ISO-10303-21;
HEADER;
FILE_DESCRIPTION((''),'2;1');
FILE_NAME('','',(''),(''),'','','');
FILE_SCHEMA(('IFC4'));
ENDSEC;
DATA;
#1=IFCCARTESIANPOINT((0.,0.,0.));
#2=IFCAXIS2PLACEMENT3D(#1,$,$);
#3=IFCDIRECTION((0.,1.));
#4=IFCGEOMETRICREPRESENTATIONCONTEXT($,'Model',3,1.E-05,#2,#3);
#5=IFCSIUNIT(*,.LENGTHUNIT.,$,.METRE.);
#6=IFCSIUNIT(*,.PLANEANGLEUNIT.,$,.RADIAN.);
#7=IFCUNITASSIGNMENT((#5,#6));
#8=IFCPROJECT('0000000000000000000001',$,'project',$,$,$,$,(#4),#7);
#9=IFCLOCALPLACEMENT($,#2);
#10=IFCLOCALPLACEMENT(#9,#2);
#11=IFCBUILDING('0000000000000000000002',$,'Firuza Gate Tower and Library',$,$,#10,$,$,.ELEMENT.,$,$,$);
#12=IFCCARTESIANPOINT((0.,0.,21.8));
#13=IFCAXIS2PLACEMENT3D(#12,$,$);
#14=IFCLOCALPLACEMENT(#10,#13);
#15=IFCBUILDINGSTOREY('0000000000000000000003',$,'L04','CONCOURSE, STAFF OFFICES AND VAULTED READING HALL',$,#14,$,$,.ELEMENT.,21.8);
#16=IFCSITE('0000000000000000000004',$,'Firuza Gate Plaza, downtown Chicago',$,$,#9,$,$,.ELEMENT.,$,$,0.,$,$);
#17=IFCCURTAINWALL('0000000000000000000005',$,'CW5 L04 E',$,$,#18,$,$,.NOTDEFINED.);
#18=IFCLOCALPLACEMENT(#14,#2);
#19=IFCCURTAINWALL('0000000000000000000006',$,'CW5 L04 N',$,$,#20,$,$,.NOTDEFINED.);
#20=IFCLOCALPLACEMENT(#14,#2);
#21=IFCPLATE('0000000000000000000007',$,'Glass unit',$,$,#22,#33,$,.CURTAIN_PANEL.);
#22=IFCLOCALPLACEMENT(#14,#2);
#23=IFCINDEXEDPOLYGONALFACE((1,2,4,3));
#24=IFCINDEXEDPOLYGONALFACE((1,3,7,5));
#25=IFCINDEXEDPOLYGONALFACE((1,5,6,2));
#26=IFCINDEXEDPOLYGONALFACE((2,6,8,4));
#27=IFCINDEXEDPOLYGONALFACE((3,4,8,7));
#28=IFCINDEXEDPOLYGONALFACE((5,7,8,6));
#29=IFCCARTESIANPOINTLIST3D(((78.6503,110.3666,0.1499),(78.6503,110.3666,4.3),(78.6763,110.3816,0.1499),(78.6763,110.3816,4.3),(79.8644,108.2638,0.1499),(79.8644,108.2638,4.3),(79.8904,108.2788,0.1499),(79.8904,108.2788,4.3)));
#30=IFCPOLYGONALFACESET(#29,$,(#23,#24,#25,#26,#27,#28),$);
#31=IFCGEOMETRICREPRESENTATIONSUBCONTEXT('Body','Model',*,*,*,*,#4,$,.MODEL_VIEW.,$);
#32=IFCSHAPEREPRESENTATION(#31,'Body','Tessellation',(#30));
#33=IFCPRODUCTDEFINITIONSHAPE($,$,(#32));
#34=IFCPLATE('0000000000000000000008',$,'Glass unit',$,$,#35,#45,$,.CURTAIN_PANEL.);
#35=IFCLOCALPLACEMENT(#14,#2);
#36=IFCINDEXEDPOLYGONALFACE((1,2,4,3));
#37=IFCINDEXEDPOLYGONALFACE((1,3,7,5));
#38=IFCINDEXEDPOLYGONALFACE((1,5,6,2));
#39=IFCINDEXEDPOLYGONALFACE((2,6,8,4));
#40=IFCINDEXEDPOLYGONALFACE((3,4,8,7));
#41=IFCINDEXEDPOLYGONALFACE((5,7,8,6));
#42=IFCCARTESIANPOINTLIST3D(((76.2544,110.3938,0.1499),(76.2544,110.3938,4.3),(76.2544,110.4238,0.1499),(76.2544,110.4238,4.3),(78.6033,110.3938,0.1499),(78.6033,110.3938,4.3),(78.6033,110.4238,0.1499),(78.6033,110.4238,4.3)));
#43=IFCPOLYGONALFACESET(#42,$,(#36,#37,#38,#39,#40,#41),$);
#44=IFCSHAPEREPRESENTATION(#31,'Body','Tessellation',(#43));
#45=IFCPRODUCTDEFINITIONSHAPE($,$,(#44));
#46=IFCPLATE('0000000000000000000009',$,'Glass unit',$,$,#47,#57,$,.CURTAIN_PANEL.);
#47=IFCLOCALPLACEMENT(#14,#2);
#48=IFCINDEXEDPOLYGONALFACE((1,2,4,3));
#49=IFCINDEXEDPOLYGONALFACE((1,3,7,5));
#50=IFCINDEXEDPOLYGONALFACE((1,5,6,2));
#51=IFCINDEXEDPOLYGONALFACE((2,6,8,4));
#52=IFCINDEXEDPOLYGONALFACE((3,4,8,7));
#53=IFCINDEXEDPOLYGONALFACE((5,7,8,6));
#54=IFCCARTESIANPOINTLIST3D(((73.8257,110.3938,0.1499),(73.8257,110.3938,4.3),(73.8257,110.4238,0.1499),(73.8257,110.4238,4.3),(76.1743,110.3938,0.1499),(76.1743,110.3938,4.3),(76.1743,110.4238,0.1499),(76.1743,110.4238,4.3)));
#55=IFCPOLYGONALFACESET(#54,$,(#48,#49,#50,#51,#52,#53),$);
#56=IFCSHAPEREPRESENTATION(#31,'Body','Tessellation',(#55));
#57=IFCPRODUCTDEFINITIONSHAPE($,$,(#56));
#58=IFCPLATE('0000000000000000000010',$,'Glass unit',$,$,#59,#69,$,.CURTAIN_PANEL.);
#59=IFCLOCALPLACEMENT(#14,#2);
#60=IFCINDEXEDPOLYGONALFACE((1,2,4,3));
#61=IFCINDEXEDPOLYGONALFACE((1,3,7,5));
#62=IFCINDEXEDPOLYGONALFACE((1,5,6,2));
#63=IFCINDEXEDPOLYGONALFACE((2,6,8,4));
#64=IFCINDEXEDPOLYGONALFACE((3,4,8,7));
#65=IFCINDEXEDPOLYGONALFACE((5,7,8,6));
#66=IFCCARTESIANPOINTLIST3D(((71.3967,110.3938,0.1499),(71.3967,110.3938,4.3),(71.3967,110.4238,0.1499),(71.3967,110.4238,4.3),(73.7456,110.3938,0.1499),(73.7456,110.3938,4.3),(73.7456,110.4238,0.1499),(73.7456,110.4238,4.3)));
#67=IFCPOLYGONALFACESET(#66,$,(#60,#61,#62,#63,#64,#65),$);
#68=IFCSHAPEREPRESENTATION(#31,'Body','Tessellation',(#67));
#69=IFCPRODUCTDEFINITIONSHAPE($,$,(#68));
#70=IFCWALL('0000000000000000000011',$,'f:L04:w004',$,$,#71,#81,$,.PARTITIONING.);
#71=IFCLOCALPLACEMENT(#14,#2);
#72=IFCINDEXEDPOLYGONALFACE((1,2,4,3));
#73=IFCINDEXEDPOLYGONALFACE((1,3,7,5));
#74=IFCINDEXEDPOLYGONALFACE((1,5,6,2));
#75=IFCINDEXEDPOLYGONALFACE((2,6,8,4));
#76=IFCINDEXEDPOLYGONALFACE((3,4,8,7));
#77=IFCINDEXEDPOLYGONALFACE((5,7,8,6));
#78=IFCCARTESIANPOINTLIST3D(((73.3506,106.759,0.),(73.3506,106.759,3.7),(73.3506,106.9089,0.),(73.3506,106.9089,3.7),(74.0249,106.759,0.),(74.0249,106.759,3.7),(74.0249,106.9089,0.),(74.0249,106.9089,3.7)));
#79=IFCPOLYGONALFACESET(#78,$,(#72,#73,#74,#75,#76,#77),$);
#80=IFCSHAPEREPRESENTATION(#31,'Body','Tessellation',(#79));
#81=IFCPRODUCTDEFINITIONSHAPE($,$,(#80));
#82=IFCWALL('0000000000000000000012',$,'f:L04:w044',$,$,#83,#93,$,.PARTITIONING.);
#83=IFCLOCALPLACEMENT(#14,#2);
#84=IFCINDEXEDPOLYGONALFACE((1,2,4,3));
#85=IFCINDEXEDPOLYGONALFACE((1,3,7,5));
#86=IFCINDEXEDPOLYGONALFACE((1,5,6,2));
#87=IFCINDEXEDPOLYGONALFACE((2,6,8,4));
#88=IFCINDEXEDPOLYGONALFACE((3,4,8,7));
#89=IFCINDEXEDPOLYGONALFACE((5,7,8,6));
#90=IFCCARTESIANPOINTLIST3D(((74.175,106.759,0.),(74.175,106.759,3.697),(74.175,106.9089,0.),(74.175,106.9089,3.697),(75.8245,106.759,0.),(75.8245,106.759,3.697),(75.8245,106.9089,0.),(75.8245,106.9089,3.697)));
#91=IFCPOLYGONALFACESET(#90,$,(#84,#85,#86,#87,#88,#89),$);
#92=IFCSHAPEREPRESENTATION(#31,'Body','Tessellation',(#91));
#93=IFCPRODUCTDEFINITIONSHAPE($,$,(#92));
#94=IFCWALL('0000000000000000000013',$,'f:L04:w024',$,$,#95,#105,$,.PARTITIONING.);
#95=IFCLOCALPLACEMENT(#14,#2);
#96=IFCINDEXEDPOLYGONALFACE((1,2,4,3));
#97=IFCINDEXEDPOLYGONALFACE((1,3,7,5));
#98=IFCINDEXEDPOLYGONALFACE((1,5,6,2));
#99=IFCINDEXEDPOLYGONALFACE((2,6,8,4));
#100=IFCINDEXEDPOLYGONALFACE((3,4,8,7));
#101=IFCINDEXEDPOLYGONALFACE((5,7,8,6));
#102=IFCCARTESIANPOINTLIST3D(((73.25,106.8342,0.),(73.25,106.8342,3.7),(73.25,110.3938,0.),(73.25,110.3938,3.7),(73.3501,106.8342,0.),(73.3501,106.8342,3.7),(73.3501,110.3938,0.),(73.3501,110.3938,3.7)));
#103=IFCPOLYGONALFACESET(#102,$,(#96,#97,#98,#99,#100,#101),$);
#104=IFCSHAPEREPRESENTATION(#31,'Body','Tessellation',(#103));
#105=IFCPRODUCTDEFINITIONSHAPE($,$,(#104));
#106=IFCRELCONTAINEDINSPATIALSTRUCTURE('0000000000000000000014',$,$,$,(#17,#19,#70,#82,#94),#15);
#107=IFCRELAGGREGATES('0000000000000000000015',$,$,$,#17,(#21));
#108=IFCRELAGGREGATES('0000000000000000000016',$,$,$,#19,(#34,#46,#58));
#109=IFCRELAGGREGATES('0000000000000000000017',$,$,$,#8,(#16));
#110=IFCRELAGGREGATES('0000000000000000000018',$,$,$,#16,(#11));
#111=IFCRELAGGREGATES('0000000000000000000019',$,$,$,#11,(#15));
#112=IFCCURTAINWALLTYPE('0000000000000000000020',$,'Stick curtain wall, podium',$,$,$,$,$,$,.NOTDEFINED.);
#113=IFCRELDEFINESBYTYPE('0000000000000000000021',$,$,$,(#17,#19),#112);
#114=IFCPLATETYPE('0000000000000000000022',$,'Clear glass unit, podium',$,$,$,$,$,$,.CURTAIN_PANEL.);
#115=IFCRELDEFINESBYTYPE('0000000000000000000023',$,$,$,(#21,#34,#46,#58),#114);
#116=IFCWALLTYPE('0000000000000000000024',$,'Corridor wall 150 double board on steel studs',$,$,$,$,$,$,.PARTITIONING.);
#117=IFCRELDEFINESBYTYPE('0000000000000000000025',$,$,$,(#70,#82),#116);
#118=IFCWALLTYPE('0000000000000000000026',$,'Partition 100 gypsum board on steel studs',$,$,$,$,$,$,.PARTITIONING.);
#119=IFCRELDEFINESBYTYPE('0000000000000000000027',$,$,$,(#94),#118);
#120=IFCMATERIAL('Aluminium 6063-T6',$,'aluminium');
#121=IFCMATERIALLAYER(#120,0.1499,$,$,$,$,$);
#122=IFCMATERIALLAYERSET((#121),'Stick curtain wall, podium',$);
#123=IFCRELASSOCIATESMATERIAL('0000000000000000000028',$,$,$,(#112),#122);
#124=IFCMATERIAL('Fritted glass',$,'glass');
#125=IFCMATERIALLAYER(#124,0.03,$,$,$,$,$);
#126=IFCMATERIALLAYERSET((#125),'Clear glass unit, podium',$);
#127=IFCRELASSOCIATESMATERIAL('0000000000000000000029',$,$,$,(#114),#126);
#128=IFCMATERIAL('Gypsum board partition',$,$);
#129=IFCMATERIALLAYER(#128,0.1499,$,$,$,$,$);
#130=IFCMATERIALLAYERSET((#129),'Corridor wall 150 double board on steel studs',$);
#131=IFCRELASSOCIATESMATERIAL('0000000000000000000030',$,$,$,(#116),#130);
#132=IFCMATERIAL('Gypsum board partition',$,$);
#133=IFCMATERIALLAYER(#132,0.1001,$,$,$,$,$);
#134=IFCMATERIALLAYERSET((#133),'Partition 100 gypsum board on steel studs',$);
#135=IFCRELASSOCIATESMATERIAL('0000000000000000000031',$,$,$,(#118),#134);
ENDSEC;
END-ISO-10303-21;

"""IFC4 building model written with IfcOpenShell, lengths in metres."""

from ifc_helpers import new_model, si_unit, direction, frame, frame_2d, origin, place, context, subcontext, project, spatial, polyline, rectangle, outline, extrude, material, layer, layer_set, type_object, element, aggregate, save


model = new_model("IFC4")

# Units and contexts
model_context = context("Model", 3, precision=1e-05, world=origin(), true_north=direction((0.0, 1.0)))
body_context = subcontext(model_context, "Body", "Model", "MODEL_VIEW")
ifc_project = project(units=[si_unit("LENGTHUNIT", "METRE"), si_unit("PLANEANGLEUNIT", "RADIAN")], contexts=[model_context])

# Site, building, storey
site_placement = place(None, origin())
site = spatial("IfcSite", under=ifc_project, at=site_placement, Name="Firuza Gate Plaza, downtown Chicago", CompositionType="ELEMENT", RefElevation=0.0)
building_placement = place(site_placement, origin())
building = spatial("IfcBuilding", under=site, at=building_placement, Name="Firuza Gate Tower and Library", CompositionType="ELEMENT")
storey_placement = place(building_placement, frame((0.0, 0.0, 21.8)))
storey = spatial("IfcBuildingStorey", under=building, at=storey_placement, Name="L04", Description="CONCOURSE, STAFF OFFICES AND VAULTED READING HALL", CompositionType="ELEMENT", Elevation=21.8)

# Curtain wall
ifc_material_1 = material(Name="Aluminium 6063-T6", Category="aluminium")
ifc_layer_1 = layer(ifc_material_1, 0.1499)
ifc_layer_set_1 = layer_set([ifc_layer_1], Name="Stick curtain wall, podium")
curtain_wall_type = type_object("IfcCurtainWallType", Name="Stick curtain wall, podium", PredefinedType="NOTDEFINED", material=ifc_layer_set_1)
placement = place(storey_placement, origin())
curtain_wall_1 = element("IfcCurtainWall", 1, at=placement, inside=storey, type_object=curtain_wall_type, Name="CW5 L04 E", PredefinedType="NOTDEFINED")

# Curtain wall
curtain_wall_2 = element("IfcCurtainWall", 2, at=placement, inside=storey, type_object=curtain_wall_type, Name="CW5 L04 N", PredefinedType="NOTDEFINED")

# Plates
ifc_material_2 = material(Name="Fritted glass", Category="glass")
ifc_layer_2 = layer(ifc_material_2, 0.03)
ifc_layer_set_2 = layer_set([ifc_layer_2], Name="Clear glass unit, podium")
plate_type = type_object("IfcPlateType", Name="Clear glass unit, podium", PredefinedType="CURTAIN_PANEL", material=ifc_layer_set_2)
plate_1_placement = place(storey_placement, frame((79.8904, 108.2788, 0.1499), z_axis=(0.866013, 0.500021, 0.0), x_axis=(-0.500021, 0.866013, 0.0)))
plate_1 = element("IfcPlate", 3, at=plate_1_placement, type_object=plate_type, Name="Glass unit", PredefinedType="CURTAIN_PANEL", context=body_context, shape_type="SweptSolid", body=[
    extrude(outline(polyline([(0.0, 0.0), (2.4281, 0.0), (2.4281, 4.1501), (0.0, 4.1501), (0.0, 0.0)])), origin(), (0.0, 0.0, -1.0), 0.03),
])
aggregate(curtain_wall_1, [plate_1])
plate_2_placement = place(storey_placement, frame((78.6033, 110.4238, 0.1499), z_axis=(0.0, 1.0, 0.0), x_axis=(-1.0, 0.0, 0.0)))
plate_2 = element("IfcPlate", 4, at=plate_2_placement, type_object=plate_type, Name="Glass unit", PredefinedType="CURTAIN_PANEL", context=body_context, shape_type="SweptSolid", body=[
    extrude(outline(polyline([(0.0, 0.0), (2.3489, 0.0), (2.3489, 4.1501), (0.0, 4.1501), (0.0, 0.0)])), origin(), (0.0, 0.0, -1.0), 0.03),
])
plate_3_placement = place(storey_placement, frame((76.1743, 110.4238, 0.1499), z_axis=(0.0, 1.0, 0.0), x_axis=(-1.0, 0.0, 0.0)))
plate_3 = element("IfcPlate", 5, at=plate_3_placement, type_object=plate_type, Name="Glass unit", PredefinedType="CURTAIN_PANEL", context=body_context, shape_type="SweptSolid", body=[
    extrude(outline(polyline([(0.0, 0.0), (2.3486, 0.0), (2.3486, 4.1501), (0.0, 4.1501), (0.0, 0.0)])), origin(), (0.0, 0.0, -1.0), 0.03),
])
plate_4_placement = place(storey_placement, frame((73.7456, 110.4238, 0.1499), z_axis=(0.0, 1.0, 0.0), x_axis=(-1.0, 0.0, 0.0)))
plate_4 = element("IfcPlate", 6, at=plate_4_placement, type_object=plate_type, Name="Glass unit", PredefinedType="CURTAIN_PANEL", context=body_context, shape_type="SweptSolid", body=[
    extrude(outline(polyline([(0.0, 0.0), (2.3489, 0.0), (2.3489, 4.1501), (0.0, 4.1501), (0.0, 0.0)])), origin(), (0.0, 0.0, -1.0), 0.03),
])
aggregate(curtain_wall_2, [plate_2, plate_3, plate_4])

# Walls
ifc_material_3 = material(Name="Gypsum board partition")
ifc_layer_3 = layer(ifc_material_3, 0.1499)
ifc_layer_set_3 = layer_set([ifc_layer_3], Name="Corridor wall 150 double board on steel studs")
wall_type_1 = type_object("IfcWallType", Name="Corridor wall 150 double board on steel studs", PredefinedType="PARTITIONING", material=ifc_layer_set_3)
wall_1_placement = place(storey_placement, frame((73.3506, 106.834, 0.0), z_axis=(0.0, 0.0, 1.0), x_axis=(1.0, 0.0, 0.0)))
element("IfcWall", 7, at=wall_1_placement, inside=storey, type_object=wall_type_1, Name="f:L04:w004", PredefinedType="PARTITIONING", context=body_context, shape_type="SweptSolid", body=[
    extrude(rectangle(XDim=0.6743, YDim=0.1499, at=frame_2d((0.3372, 0.0))), origin(), (0.0, 0.0, 1.0), 3.7),
])
wall_2_placement = place(storey_placement, frame((74.175, 106.834, 0.0), z_axis=(0.0, 0.0, 1.0), x_axis=(1.0, 0.0, 0.0)))
element("IfcWall", 8, at=wall_2_placement, inside=storey, type_object=wall_type_1, Name="f:L04:w044", PredefinedType="PARTITIONING", context=body_context, shape_type="SweptSolid", body=[
    extrude(rectangle(XDim=1.6494, YDim=0.1499, at=frame_2d((0.8247, 0.0))), origin(), (0.0, 0.0, 1.0), 3.697),
])
ifc_material_4 = material(Name="Gypsum board partition")
ifc_layer_4 = layer(ifc_material_4, 0.1001)
ifc_layer_set_4 = layer_set([ifc_layer_4], Name="Partition 100 gypsum board on steel studs")
wall_type_2 = type_object("IfcWallType", Name="Partition 100 gypsum board on steel studs", PredefinedType="PARTITIONING", material=ifc_layer_set_4)
wall_3_placement = place(storey_placement, frame((73.3, 106.8342, 0.0), z_axis=(0.0, 0.0, 1.0), x_axis=(0.0, 1.0, 0.0)))
element("IfcWall", 9, at=wall_3_placement, inside=storey, type_object=wall_type_2, Name="f:L04:w024", PredefinedType="PARTITIONING", context=body_context, shape_type="SweptSolid", body=[
    extrude(rectangle(XDim=3.5596, YDim=0.1001, at=frame_2d((1.7798, 0.0))), origin(), (0.0, 0.0, 1.0), 3.7),
])

save(model, "model.ifc")
